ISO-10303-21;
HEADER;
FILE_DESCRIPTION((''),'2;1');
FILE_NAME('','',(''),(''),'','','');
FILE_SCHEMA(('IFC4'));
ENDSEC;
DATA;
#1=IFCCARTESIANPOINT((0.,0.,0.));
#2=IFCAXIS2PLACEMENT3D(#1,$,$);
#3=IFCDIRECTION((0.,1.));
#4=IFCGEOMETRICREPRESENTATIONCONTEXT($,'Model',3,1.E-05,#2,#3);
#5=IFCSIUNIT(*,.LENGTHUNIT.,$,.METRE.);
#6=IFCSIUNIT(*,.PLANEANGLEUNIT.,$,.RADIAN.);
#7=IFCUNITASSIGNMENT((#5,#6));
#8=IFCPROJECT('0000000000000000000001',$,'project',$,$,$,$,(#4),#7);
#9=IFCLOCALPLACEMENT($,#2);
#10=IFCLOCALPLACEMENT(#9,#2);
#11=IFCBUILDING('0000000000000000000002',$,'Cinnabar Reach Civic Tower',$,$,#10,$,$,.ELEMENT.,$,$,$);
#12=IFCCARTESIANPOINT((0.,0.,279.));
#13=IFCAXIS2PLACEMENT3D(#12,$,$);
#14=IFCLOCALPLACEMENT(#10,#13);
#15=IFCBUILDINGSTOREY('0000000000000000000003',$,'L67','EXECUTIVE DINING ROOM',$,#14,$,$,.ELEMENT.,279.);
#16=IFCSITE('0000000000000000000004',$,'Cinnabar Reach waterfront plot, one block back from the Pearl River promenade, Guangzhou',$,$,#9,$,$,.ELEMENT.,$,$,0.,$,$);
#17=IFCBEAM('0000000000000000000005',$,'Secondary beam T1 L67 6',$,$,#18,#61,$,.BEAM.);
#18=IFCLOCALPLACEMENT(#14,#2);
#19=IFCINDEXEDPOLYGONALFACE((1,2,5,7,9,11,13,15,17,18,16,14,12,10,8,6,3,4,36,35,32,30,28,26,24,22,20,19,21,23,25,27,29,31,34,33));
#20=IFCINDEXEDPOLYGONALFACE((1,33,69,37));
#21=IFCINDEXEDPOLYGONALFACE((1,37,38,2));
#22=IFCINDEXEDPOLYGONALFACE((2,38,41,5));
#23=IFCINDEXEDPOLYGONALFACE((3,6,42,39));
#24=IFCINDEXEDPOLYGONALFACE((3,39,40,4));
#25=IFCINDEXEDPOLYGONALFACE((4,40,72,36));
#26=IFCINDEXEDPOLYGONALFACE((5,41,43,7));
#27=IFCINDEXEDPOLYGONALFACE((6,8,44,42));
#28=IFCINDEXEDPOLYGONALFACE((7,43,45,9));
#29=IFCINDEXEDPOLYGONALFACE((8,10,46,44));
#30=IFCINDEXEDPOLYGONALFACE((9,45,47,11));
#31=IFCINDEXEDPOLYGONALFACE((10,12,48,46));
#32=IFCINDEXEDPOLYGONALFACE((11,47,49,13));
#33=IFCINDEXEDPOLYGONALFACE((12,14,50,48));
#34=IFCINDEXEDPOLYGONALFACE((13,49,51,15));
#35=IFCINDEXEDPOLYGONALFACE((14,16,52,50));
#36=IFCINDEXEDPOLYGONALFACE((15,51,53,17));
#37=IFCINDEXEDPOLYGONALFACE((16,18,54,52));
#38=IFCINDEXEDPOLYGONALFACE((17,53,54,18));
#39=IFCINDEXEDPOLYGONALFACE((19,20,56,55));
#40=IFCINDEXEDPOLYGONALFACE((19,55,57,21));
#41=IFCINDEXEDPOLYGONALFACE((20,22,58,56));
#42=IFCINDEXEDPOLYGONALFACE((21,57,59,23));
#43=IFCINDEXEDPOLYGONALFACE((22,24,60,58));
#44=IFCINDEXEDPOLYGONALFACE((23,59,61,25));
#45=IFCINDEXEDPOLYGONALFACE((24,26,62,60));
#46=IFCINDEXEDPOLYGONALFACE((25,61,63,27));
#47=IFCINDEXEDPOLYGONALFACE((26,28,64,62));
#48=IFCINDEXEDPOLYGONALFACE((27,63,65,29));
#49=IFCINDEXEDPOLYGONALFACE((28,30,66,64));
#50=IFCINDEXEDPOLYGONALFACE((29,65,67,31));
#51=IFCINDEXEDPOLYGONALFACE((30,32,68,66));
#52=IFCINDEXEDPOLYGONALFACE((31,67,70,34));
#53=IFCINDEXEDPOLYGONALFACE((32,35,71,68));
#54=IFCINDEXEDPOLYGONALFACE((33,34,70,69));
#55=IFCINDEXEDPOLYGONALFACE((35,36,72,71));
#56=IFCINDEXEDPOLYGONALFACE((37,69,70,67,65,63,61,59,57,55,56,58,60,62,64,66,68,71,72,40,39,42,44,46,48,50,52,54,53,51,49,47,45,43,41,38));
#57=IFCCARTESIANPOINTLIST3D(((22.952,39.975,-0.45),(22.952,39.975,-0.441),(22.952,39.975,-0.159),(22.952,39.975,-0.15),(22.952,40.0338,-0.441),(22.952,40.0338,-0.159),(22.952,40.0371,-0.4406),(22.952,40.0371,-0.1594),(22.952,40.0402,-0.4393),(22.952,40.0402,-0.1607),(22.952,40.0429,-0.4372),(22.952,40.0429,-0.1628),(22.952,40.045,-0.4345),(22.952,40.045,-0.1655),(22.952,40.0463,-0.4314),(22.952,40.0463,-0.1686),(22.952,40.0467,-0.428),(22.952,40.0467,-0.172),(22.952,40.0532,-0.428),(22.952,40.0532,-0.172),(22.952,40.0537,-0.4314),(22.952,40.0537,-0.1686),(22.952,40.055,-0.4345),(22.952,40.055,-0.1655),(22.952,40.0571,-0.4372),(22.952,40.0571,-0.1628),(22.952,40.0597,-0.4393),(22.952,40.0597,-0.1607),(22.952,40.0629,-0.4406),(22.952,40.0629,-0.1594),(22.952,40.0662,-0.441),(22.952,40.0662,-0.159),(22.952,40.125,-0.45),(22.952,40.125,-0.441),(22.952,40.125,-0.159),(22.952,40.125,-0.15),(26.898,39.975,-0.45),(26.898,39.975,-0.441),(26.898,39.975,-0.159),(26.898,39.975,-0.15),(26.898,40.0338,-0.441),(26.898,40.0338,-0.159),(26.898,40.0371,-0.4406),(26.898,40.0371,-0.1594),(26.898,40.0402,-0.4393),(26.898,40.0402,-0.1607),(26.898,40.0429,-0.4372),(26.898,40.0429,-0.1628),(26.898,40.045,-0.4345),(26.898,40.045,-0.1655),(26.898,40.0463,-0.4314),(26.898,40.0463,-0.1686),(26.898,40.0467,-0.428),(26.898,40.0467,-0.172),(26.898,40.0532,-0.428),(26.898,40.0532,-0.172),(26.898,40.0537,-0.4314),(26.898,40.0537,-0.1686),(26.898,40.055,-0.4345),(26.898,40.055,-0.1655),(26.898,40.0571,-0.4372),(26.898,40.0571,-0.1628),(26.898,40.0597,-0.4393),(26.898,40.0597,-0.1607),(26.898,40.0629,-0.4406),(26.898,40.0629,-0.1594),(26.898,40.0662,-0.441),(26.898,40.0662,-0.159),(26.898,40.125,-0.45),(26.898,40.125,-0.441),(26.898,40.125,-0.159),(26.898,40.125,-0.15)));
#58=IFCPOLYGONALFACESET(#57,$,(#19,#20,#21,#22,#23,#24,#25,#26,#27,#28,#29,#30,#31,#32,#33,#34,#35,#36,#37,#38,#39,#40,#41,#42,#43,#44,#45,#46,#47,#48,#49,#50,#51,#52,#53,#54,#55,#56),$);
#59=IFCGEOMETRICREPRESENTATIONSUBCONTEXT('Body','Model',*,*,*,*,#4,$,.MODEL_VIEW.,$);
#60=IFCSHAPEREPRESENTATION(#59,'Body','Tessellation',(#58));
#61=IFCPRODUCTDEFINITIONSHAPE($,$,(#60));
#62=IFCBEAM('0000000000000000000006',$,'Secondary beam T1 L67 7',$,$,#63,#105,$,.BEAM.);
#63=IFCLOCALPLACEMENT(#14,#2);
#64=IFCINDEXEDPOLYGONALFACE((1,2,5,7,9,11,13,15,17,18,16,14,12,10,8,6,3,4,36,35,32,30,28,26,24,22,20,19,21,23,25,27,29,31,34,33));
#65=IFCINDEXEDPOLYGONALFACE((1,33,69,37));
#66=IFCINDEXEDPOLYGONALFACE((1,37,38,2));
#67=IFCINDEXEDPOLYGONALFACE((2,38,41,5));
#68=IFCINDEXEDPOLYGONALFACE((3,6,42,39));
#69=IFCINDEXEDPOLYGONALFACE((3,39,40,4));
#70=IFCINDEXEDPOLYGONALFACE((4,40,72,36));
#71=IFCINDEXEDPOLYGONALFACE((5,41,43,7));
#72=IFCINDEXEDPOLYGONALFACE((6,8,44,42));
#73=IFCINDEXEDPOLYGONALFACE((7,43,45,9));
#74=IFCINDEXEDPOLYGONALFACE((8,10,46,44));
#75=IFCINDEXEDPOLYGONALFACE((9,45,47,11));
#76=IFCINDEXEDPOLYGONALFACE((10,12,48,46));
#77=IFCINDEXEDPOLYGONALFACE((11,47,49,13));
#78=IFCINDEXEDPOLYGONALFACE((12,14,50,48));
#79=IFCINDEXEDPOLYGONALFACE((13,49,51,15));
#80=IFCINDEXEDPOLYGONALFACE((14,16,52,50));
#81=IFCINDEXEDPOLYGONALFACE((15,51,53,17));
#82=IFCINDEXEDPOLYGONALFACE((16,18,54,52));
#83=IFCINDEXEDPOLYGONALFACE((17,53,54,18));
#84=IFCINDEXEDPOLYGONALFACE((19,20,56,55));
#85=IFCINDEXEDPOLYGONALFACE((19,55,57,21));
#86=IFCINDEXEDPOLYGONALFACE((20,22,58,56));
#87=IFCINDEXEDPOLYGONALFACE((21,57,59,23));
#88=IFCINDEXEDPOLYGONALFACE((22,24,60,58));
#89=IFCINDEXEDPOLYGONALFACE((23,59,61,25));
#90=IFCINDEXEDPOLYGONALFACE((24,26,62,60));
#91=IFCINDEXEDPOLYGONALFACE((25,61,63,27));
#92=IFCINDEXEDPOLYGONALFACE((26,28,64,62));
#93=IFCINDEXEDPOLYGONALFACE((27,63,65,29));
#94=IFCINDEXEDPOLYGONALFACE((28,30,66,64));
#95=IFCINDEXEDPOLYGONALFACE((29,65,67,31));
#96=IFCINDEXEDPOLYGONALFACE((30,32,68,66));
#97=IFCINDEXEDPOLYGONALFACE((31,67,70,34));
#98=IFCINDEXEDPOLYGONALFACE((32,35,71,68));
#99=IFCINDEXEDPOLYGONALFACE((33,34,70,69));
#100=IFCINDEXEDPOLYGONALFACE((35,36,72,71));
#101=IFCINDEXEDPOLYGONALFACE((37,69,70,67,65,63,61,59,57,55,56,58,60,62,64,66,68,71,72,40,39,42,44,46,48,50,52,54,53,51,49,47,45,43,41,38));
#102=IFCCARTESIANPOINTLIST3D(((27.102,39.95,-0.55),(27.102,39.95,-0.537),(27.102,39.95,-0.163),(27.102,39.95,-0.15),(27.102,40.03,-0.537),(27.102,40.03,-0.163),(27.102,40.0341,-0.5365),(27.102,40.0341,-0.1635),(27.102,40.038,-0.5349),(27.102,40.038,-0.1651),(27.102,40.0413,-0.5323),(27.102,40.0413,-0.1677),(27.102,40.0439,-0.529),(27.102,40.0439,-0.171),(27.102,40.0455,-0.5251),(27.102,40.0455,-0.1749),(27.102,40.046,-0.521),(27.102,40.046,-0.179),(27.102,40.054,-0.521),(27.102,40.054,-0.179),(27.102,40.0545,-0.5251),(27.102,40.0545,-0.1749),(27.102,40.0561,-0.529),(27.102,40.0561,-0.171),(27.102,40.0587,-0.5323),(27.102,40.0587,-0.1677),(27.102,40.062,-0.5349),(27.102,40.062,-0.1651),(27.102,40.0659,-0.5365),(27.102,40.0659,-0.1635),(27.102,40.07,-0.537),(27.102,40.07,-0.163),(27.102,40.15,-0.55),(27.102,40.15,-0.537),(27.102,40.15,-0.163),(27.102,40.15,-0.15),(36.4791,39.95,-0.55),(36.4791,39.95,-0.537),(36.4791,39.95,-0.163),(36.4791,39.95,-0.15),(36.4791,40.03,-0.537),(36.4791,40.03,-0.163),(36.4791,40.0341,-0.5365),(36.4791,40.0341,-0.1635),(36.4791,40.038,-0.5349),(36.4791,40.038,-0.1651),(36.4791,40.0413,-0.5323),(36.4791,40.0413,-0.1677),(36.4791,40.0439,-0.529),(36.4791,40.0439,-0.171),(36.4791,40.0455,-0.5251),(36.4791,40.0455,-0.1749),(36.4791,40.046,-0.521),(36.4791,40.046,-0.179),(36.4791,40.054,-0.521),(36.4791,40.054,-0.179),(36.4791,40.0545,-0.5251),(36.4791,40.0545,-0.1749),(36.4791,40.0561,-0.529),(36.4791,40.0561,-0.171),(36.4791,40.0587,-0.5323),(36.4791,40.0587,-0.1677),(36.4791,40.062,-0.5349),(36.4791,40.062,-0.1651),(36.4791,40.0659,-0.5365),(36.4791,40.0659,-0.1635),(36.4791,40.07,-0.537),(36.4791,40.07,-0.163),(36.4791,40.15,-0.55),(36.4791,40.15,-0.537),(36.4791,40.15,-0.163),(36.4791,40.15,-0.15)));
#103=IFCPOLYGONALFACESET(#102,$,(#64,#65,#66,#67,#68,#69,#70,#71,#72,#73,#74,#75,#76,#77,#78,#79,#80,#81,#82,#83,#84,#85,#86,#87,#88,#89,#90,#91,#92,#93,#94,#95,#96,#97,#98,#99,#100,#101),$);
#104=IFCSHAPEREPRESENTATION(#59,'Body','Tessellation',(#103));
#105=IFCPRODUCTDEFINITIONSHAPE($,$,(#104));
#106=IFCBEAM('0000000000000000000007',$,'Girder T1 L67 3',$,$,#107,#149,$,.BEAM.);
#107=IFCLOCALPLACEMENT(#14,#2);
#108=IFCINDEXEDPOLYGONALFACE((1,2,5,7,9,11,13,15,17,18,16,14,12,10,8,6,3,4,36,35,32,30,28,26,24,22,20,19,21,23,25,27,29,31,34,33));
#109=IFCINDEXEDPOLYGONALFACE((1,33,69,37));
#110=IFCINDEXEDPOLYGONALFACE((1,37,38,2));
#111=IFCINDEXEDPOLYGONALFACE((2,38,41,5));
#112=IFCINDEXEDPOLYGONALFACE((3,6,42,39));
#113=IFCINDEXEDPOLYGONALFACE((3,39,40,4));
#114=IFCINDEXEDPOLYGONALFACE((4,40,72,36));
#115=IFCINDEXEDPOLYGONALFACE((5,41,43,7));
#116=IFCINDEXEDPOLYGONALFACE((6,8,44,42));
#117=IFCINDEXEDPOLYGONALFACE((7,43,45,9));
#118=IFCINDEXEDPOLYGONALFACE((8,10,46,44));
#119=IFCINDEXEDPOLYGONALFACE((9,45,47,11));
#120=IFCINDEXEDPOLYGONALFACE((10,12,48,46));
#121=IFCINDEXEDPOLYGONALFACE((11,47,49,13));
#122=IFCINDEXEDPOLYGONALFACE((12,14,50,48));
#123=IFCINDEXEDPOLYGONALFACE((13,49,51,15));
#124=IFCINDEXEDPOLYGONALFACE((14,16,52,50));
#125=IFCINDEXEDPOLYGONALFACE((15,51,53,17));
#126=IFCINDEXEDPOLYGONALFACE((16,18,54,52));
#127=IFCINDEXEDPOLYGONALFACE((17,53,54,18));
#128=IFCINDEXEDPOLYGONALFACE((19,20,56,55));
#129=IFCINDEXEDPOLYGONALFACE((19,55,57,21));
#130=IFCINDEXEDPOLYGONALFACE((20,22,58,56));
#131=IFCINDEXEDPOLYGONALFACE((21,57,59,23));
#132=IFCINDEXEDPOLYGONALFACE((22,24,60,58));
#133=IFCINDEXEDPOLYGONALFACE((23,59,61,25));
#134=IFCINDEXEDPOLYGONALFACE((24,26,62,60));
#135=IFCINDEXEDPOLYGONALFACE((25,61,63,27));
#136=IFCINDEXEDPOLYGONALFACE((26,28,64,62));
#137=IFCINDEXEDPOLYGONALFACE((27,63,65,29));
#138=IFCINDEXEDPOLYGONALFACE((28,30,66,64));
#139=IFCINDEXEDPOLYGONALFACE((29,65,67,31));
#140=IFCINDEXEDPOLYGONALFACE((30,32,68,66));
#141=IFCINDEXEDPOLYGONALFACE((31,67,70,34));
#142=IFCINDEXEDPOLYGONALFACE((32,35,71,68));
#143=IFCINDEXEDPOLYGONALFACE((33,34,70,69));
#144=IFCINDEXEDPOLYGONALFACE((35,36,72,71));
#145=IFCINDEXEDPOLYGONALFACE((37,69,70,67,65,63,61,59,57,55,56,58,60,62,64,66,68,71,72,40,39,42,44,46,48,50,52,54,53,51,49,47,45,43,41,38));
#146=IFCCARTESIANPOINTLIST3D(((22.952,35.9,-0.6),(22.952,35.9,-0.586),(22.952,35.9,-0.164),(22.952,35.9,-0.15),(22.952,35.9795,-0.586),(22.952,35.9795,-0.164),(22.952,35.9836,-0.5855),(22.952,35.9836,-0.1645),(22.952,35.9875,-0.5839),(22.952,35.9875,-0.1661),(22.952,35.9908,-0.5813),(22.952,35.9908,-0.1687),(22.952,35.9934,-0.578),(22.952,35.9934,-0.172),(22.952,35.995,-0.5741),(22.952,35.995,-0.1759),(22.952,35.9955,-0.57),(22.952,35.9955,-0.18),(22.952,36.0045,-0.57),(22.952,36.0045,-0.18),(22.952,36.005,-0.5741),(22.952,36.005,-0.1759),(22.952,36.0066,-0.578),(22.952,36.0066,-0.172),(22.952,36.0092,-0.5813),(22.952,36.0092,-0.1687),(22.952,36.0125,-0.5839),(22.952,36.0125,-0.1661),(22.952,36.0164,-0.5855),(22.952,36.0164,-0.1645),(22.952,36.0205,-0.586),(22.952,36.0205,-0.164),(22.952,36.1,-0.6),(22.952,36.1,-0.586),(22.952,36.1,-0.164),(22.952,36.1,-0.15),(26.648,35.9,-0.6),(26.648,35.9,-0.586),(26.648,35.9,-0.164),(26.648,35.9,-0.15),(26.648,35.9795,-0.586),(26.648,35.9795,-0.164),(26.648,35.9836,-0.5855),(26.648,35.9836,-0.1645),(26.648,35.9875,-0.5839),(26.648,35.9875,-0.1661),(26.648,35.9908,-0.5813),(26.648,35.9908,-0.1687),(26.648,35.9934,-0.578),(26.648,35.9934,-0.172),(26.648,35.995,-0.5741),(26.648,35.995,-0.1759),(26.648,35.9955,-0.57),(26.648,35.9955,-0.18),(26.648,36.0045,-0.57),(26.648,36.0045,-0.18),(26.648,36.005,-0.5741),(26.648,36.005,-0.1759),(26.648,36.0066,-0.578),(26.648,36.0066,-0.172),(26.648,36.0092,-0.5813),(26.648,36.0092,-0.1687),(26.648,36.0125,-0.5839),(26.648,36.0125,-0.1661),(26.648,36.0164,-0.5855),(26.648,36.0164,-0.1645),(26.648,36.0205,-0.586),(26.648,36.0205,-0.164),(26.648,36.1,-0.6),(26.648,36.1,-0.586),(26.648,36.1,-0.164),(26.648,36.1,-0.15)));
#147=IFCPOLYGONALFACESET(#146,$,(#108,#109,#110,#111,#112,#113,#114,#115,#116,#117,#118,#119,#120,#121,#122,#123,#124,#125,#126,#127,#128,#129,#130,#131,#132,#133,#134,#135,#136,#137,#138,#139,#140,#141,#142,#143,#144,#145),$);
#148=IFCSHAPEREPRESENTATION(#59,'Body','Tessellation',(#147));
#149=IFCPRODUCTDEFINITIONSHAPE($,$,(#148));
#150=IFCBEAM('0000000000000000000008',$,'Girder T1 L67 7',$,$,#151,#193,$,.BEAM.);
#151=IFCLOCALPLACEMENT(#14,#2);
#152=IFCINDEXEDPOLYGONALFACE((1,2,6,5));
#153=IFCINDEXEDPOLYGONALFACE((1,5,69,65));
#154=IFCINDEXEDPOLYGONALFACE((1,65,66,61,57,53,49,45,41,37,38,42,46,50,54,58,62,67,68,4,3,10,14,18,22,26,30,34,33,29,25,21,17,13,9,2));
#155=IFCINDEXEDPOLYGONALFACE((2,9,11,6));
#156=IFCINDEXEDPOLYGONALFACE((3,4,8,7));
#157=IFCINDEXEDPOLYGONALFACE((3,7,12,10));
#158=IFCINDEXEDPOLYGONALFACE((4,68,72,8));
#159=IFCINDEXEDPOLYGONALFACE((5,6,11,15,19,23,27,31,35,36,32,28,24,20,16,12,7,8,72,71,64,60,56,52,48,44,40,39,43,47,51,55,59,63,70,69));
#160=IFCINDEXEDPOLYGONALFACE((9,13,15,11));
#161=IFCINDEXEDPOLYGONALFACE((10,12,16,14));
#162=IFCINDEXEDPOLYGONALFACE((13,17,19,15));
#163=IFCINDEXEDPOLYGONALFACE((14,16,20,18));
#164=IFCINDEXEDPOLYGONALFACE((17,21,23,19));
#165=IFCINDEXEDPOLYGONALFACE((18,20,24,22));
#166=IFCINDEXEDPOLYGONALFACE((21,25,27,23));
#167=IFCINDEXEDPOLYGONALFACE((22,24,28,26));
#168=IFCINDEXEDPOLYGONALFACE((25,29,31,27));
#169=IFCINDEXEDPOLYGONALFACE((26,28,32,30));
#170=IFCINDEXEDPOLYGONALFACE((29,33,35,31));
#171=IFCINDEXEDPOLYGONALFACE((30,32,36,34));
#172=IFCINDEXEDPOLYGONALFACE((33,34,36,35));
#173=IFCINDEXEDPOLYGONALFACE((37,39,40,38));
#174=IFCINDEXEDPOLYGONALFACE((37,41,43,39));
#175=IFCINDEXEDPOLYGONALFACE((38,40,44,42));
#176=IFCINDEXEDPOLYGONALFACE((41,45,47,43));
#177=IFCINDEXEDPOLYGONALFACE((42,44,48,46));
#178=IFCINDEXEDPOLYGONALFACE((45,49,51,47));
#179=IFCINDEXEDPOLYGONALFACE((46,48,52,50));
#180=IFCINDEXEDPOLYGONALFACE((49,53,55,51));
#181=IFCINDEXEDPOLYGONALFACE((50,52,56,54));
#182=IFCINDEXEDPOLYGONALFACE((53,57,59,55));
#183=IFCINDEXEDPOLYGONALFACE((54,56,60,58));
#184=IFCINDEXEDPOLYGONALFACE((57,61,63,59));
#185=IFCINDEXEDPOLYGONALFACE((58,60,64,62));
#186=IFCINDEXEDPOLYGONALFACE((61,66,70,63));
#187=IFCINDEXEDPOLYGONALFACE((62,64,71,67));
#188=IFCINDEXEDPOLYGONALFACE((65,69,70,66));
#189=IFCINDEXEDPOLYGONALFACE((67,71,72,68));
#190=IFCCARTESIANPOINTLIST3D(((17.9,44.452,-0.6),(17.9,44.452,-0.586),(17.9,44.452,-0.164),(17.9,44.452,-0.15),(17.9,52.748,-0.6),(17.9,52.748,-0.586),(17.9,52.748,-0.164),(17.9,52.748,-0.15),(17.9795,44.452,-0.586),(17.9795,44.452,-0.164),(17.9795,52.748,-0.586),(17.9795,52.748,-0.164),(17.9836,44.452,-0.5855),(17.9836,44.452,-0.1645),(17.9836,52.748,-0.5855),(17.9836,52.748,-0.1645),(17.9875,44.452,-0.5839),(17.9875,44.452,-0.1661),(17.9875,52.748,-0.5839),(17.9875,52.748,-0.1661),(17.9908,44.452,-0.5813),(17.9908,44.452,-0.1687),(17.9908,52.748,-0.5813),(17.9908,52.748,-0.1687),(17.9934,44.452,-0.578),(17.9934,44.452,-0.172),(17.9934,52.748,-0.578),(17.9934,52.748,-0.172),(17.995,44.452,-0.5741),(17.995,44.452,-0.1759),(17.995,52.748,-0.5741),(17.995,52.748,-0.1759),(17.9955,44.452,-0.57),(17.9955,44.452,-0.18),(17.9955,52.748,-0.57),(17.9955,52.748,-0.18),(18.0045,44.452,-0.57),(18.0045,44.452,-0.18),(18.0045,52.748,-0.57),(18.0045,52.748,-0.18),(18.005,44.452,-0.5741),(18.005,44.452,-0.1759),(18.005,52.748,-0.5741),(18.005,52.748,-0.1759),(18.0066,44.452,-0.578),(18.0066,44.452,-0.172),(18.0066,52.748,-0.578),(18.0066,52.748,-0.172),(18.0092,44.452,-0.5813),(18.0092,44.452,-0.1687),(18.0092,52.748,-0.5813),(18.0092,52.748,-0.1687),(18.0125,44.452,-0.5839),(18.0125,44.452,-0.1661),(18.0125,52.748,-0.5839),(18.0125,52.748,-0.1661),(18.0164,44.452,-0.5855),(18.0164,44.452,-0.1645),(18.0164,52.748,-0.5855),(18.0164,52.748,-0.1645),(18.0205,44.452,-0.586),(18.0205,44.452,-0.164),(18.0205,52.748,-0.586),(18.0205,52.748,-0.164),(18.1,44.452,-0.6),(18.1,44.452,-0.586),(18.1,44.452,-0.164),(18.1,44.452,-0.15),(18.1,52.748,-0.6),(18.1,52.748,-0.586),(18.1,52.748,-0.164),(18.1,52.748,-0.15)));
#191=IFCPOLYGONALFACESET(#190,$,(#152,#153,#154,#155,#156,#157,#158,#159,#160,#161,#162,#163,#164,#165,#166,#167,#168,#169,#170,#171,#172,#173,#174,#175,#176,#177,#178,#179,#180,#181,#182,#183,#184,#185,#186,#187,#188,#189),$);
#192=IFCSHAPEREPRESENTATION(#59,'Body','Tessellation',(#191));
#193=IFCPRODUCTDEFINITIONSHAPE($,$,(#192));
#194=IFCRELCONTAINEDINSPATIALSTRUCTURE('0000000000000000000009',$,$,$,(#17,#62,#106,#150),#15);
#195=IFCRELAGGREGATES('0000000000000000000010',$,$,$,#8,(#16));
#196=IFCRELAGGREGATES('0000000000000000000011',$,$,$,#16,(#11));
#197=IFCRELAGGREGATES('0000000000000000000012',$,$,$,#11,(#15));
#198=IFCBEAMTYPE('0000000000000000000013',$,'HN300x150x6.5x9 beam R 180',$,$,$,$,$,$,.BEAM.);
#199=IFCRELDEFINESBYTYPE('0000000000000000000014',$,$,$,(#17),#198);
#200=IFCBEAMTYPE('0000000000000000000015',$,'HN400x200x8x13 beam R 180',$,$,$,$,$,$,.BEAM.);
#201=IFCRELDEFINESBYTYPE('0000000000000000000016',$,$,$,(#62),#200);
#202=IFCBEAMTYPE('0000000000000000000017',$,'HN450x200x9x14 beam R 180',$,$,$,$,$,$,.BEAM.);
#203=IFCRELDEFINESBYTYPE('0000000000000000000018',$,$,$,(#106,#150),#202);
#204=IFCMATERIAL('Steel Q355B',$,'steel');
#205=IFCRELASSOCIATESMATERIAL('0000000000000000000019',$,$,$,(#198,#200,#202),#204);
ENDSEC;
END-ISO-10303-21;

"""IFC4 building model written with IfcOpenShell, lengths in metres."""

from ifc_helpers import new_model, si_unit, direction, frame, origin, origin_2d, place, context, subcontext, project, spatial, i_section, extrude, material, material_profile, profile_set, type_object, element, save


model = new_model("IFC4")

# Units and contexts
model_context = context("Model", 3, precision=1e-05, world=origin(), true_north=direction((0.0, 1.0)))
body_context = subcontext(model_context, "Body", "Model", "MODEL_VIEW")
ifc_project = project(units=[si_unit("LENGTHUNIT", "METRE"), si_unit("PLANEANGLEUNIT", "RADIAN")], contexts=[model_context])

# Site, building, storey
site_placement = place(None, origin())
site = spatial("IfcSite", under=ifc_project, at=site_placement, Name="Cinnabar Reach waterfront plot, one block back from the Pearl River promenade, Guangzhou", CompositionType="ELEMENT", RefElevation=0.0)
building_placement = place(site_placement, origin())
building = spatial("IfcBuilding", under=site, at=building_placement, Name="Cinnabar Reach Civic Tower", CompositionType="ELEMENT")
storey_placement = place(building_placement, frame((0.0, 0.0, 279.0)))
storey = spatial("IfcBuildingStorey", under=building, at=storey_placement, Name="L67", Description="EXECUTIVE DINING ROOM", CompositionType="ELEMENT", Elevation=279.0)

# Beams
ifc_material_1 = material(Name="Steel Q355B", Category="steel")
ifc_material_profile_1 = material_profile(ifc_material_1, i_section(OverallWidth=0.15, OverallDepth=0.3, WebThickness=0.0065, FlangeThickness=0.009, FilletRadius=0.013, at=origin_2d()), Name="HN300x150x6.5x9")
ifc_profile_set_1 = profile_set([ifc_material_profile_1], Name="Steel Q355B")
beam_type_1 = type_object("IfcBeamType", Name="HN300x150x6.5x9 beam R 180", PredefinedType="BEAM", material=ifc_profile_set_1)
beam_1_placement = place(storey_placement, frame((22.952, 40.05, -0.3), z_axis=(1.0, 0.0, 0.0), x_axis=(0.0, 1.0, 0.0)))
element("IfcBeam", 1, at=beam_1_placement, inside=storey, type_object=beam_type_1, Name="Secondary beam T1 L67 6", PredefinedType="BEAM", context=body_context, shape_type="SweptSolid", body=[
    extrude(i_section(OverallWidth=0.15, OverallDepth=0.3, WebThickness=0.0065, FlangeThickness=0.009, FilletRadius=0.013, at=origin_2d()), origin(), (0.0, 0.0, 1.0), 3.946),
])
ifc_material_profile_2 = material_profile(ifc_material_1, i_section(OverallWidth=0.2, OverallDepth=0.4, WebThickness=0.008, FlangeThickness=0.013, FilletRadius=0.016, at=origin_2d()), Name="HN400x200x8x13")
ifc_profile_set_2 = profile_set([ifc_material_profile_2], Name="Steel Q355B")
beam_type_2 = type_object("IfcBeamType", Name="HN400x200x8x13 beam R 180", PredefinedType="BEAM", material=ifc_profile_set_2)
beam_2_placement = place(storey_placement, frame((27.102, 40.05, -0.35), z_axis=(1.0, 0.0, 0.0), x_axis=(0.0, 1.0, 0.0)))
element("IfcBeam", 2, at=beam_2_placement, inside=storey, type_object=beam_type_2, Name="Secondary beam T1 L67 7", PredefinedType="BEAM", context=body_context, shape_type="SweptSolid", body=[
    extrude(i_section(OverallWidth=0.2, OverallDepth=0.4, WebThickness=0.008, FlangeThickness=0.013, FilletRadius=0.016, at=origin_2d()), origin(), (0.0, 0.0, 1.0), 9.3771),
])
ifc_material_profile_3 = material_profile(ifc_material_1, i_section(OverallWidth=0.2, OverallDepth=0.45, WebThickness=0.009, FlangeThickness=0.014, FilletRadius=0.016, at=origin_2d()), Name="HN450x200x9x14")
ifc_profile_set_3 = profile_set([ifc_material_profile_3], Name="Steel Q355B")
beam_type_3 = type_object("IfcBeamType", Name="HN450x200x9x14 beam R 180", PredefinedType="BEAM", material=ifc_profile_set_3)
beam_3_placement = place(storey_placement, frame((22.952, 36.0, -0.375), z_axis=(1.0, 0.0, 0.0), x_axis=(0.0, 1.0, 0.0)))
element("IfcBeam", 3, at=beam_3_placement, inside=storey, type_object=beam_type_3, Name="Girder T1 L67 3", PredefinedType="BEAM", context=body_context, shape_type="SweptSolid", body=[
    extrude(i_section(OverallWidth=0.2, OverallDepth=0.45, WebThickness=0.009, FlangeThickness=0.014, FilletRadius=0.016, at=origin_2d()), origin(), (0.0, 0.0, 1.0), 3.696),
])
beam_4_placement = place(storey_placement, frame((18.0, 44.452, -0.375), z_axis=(0.0, 1.0, 0.0), x_axis=(-1.0, 0.0, 0.0)))
element("IfcBeam", 4, at=beam_4_placement, inside=storey, type_object=beam_type_3, Name="Girder T1 L67 7", PredefinedType="BEAM", context=body_context, shape_type="SweptSolid", body=[
    extrude(i_section(OverallWidth=0.2, OverallDepth=0.45, WebThickness=0.009, FlangeThickness=0.014, FilletRadius=0.016, at=origin_2d()), origin(), (0.0, 0.0, 1.0), 8.296),
])

save(model, "model.ifc")
